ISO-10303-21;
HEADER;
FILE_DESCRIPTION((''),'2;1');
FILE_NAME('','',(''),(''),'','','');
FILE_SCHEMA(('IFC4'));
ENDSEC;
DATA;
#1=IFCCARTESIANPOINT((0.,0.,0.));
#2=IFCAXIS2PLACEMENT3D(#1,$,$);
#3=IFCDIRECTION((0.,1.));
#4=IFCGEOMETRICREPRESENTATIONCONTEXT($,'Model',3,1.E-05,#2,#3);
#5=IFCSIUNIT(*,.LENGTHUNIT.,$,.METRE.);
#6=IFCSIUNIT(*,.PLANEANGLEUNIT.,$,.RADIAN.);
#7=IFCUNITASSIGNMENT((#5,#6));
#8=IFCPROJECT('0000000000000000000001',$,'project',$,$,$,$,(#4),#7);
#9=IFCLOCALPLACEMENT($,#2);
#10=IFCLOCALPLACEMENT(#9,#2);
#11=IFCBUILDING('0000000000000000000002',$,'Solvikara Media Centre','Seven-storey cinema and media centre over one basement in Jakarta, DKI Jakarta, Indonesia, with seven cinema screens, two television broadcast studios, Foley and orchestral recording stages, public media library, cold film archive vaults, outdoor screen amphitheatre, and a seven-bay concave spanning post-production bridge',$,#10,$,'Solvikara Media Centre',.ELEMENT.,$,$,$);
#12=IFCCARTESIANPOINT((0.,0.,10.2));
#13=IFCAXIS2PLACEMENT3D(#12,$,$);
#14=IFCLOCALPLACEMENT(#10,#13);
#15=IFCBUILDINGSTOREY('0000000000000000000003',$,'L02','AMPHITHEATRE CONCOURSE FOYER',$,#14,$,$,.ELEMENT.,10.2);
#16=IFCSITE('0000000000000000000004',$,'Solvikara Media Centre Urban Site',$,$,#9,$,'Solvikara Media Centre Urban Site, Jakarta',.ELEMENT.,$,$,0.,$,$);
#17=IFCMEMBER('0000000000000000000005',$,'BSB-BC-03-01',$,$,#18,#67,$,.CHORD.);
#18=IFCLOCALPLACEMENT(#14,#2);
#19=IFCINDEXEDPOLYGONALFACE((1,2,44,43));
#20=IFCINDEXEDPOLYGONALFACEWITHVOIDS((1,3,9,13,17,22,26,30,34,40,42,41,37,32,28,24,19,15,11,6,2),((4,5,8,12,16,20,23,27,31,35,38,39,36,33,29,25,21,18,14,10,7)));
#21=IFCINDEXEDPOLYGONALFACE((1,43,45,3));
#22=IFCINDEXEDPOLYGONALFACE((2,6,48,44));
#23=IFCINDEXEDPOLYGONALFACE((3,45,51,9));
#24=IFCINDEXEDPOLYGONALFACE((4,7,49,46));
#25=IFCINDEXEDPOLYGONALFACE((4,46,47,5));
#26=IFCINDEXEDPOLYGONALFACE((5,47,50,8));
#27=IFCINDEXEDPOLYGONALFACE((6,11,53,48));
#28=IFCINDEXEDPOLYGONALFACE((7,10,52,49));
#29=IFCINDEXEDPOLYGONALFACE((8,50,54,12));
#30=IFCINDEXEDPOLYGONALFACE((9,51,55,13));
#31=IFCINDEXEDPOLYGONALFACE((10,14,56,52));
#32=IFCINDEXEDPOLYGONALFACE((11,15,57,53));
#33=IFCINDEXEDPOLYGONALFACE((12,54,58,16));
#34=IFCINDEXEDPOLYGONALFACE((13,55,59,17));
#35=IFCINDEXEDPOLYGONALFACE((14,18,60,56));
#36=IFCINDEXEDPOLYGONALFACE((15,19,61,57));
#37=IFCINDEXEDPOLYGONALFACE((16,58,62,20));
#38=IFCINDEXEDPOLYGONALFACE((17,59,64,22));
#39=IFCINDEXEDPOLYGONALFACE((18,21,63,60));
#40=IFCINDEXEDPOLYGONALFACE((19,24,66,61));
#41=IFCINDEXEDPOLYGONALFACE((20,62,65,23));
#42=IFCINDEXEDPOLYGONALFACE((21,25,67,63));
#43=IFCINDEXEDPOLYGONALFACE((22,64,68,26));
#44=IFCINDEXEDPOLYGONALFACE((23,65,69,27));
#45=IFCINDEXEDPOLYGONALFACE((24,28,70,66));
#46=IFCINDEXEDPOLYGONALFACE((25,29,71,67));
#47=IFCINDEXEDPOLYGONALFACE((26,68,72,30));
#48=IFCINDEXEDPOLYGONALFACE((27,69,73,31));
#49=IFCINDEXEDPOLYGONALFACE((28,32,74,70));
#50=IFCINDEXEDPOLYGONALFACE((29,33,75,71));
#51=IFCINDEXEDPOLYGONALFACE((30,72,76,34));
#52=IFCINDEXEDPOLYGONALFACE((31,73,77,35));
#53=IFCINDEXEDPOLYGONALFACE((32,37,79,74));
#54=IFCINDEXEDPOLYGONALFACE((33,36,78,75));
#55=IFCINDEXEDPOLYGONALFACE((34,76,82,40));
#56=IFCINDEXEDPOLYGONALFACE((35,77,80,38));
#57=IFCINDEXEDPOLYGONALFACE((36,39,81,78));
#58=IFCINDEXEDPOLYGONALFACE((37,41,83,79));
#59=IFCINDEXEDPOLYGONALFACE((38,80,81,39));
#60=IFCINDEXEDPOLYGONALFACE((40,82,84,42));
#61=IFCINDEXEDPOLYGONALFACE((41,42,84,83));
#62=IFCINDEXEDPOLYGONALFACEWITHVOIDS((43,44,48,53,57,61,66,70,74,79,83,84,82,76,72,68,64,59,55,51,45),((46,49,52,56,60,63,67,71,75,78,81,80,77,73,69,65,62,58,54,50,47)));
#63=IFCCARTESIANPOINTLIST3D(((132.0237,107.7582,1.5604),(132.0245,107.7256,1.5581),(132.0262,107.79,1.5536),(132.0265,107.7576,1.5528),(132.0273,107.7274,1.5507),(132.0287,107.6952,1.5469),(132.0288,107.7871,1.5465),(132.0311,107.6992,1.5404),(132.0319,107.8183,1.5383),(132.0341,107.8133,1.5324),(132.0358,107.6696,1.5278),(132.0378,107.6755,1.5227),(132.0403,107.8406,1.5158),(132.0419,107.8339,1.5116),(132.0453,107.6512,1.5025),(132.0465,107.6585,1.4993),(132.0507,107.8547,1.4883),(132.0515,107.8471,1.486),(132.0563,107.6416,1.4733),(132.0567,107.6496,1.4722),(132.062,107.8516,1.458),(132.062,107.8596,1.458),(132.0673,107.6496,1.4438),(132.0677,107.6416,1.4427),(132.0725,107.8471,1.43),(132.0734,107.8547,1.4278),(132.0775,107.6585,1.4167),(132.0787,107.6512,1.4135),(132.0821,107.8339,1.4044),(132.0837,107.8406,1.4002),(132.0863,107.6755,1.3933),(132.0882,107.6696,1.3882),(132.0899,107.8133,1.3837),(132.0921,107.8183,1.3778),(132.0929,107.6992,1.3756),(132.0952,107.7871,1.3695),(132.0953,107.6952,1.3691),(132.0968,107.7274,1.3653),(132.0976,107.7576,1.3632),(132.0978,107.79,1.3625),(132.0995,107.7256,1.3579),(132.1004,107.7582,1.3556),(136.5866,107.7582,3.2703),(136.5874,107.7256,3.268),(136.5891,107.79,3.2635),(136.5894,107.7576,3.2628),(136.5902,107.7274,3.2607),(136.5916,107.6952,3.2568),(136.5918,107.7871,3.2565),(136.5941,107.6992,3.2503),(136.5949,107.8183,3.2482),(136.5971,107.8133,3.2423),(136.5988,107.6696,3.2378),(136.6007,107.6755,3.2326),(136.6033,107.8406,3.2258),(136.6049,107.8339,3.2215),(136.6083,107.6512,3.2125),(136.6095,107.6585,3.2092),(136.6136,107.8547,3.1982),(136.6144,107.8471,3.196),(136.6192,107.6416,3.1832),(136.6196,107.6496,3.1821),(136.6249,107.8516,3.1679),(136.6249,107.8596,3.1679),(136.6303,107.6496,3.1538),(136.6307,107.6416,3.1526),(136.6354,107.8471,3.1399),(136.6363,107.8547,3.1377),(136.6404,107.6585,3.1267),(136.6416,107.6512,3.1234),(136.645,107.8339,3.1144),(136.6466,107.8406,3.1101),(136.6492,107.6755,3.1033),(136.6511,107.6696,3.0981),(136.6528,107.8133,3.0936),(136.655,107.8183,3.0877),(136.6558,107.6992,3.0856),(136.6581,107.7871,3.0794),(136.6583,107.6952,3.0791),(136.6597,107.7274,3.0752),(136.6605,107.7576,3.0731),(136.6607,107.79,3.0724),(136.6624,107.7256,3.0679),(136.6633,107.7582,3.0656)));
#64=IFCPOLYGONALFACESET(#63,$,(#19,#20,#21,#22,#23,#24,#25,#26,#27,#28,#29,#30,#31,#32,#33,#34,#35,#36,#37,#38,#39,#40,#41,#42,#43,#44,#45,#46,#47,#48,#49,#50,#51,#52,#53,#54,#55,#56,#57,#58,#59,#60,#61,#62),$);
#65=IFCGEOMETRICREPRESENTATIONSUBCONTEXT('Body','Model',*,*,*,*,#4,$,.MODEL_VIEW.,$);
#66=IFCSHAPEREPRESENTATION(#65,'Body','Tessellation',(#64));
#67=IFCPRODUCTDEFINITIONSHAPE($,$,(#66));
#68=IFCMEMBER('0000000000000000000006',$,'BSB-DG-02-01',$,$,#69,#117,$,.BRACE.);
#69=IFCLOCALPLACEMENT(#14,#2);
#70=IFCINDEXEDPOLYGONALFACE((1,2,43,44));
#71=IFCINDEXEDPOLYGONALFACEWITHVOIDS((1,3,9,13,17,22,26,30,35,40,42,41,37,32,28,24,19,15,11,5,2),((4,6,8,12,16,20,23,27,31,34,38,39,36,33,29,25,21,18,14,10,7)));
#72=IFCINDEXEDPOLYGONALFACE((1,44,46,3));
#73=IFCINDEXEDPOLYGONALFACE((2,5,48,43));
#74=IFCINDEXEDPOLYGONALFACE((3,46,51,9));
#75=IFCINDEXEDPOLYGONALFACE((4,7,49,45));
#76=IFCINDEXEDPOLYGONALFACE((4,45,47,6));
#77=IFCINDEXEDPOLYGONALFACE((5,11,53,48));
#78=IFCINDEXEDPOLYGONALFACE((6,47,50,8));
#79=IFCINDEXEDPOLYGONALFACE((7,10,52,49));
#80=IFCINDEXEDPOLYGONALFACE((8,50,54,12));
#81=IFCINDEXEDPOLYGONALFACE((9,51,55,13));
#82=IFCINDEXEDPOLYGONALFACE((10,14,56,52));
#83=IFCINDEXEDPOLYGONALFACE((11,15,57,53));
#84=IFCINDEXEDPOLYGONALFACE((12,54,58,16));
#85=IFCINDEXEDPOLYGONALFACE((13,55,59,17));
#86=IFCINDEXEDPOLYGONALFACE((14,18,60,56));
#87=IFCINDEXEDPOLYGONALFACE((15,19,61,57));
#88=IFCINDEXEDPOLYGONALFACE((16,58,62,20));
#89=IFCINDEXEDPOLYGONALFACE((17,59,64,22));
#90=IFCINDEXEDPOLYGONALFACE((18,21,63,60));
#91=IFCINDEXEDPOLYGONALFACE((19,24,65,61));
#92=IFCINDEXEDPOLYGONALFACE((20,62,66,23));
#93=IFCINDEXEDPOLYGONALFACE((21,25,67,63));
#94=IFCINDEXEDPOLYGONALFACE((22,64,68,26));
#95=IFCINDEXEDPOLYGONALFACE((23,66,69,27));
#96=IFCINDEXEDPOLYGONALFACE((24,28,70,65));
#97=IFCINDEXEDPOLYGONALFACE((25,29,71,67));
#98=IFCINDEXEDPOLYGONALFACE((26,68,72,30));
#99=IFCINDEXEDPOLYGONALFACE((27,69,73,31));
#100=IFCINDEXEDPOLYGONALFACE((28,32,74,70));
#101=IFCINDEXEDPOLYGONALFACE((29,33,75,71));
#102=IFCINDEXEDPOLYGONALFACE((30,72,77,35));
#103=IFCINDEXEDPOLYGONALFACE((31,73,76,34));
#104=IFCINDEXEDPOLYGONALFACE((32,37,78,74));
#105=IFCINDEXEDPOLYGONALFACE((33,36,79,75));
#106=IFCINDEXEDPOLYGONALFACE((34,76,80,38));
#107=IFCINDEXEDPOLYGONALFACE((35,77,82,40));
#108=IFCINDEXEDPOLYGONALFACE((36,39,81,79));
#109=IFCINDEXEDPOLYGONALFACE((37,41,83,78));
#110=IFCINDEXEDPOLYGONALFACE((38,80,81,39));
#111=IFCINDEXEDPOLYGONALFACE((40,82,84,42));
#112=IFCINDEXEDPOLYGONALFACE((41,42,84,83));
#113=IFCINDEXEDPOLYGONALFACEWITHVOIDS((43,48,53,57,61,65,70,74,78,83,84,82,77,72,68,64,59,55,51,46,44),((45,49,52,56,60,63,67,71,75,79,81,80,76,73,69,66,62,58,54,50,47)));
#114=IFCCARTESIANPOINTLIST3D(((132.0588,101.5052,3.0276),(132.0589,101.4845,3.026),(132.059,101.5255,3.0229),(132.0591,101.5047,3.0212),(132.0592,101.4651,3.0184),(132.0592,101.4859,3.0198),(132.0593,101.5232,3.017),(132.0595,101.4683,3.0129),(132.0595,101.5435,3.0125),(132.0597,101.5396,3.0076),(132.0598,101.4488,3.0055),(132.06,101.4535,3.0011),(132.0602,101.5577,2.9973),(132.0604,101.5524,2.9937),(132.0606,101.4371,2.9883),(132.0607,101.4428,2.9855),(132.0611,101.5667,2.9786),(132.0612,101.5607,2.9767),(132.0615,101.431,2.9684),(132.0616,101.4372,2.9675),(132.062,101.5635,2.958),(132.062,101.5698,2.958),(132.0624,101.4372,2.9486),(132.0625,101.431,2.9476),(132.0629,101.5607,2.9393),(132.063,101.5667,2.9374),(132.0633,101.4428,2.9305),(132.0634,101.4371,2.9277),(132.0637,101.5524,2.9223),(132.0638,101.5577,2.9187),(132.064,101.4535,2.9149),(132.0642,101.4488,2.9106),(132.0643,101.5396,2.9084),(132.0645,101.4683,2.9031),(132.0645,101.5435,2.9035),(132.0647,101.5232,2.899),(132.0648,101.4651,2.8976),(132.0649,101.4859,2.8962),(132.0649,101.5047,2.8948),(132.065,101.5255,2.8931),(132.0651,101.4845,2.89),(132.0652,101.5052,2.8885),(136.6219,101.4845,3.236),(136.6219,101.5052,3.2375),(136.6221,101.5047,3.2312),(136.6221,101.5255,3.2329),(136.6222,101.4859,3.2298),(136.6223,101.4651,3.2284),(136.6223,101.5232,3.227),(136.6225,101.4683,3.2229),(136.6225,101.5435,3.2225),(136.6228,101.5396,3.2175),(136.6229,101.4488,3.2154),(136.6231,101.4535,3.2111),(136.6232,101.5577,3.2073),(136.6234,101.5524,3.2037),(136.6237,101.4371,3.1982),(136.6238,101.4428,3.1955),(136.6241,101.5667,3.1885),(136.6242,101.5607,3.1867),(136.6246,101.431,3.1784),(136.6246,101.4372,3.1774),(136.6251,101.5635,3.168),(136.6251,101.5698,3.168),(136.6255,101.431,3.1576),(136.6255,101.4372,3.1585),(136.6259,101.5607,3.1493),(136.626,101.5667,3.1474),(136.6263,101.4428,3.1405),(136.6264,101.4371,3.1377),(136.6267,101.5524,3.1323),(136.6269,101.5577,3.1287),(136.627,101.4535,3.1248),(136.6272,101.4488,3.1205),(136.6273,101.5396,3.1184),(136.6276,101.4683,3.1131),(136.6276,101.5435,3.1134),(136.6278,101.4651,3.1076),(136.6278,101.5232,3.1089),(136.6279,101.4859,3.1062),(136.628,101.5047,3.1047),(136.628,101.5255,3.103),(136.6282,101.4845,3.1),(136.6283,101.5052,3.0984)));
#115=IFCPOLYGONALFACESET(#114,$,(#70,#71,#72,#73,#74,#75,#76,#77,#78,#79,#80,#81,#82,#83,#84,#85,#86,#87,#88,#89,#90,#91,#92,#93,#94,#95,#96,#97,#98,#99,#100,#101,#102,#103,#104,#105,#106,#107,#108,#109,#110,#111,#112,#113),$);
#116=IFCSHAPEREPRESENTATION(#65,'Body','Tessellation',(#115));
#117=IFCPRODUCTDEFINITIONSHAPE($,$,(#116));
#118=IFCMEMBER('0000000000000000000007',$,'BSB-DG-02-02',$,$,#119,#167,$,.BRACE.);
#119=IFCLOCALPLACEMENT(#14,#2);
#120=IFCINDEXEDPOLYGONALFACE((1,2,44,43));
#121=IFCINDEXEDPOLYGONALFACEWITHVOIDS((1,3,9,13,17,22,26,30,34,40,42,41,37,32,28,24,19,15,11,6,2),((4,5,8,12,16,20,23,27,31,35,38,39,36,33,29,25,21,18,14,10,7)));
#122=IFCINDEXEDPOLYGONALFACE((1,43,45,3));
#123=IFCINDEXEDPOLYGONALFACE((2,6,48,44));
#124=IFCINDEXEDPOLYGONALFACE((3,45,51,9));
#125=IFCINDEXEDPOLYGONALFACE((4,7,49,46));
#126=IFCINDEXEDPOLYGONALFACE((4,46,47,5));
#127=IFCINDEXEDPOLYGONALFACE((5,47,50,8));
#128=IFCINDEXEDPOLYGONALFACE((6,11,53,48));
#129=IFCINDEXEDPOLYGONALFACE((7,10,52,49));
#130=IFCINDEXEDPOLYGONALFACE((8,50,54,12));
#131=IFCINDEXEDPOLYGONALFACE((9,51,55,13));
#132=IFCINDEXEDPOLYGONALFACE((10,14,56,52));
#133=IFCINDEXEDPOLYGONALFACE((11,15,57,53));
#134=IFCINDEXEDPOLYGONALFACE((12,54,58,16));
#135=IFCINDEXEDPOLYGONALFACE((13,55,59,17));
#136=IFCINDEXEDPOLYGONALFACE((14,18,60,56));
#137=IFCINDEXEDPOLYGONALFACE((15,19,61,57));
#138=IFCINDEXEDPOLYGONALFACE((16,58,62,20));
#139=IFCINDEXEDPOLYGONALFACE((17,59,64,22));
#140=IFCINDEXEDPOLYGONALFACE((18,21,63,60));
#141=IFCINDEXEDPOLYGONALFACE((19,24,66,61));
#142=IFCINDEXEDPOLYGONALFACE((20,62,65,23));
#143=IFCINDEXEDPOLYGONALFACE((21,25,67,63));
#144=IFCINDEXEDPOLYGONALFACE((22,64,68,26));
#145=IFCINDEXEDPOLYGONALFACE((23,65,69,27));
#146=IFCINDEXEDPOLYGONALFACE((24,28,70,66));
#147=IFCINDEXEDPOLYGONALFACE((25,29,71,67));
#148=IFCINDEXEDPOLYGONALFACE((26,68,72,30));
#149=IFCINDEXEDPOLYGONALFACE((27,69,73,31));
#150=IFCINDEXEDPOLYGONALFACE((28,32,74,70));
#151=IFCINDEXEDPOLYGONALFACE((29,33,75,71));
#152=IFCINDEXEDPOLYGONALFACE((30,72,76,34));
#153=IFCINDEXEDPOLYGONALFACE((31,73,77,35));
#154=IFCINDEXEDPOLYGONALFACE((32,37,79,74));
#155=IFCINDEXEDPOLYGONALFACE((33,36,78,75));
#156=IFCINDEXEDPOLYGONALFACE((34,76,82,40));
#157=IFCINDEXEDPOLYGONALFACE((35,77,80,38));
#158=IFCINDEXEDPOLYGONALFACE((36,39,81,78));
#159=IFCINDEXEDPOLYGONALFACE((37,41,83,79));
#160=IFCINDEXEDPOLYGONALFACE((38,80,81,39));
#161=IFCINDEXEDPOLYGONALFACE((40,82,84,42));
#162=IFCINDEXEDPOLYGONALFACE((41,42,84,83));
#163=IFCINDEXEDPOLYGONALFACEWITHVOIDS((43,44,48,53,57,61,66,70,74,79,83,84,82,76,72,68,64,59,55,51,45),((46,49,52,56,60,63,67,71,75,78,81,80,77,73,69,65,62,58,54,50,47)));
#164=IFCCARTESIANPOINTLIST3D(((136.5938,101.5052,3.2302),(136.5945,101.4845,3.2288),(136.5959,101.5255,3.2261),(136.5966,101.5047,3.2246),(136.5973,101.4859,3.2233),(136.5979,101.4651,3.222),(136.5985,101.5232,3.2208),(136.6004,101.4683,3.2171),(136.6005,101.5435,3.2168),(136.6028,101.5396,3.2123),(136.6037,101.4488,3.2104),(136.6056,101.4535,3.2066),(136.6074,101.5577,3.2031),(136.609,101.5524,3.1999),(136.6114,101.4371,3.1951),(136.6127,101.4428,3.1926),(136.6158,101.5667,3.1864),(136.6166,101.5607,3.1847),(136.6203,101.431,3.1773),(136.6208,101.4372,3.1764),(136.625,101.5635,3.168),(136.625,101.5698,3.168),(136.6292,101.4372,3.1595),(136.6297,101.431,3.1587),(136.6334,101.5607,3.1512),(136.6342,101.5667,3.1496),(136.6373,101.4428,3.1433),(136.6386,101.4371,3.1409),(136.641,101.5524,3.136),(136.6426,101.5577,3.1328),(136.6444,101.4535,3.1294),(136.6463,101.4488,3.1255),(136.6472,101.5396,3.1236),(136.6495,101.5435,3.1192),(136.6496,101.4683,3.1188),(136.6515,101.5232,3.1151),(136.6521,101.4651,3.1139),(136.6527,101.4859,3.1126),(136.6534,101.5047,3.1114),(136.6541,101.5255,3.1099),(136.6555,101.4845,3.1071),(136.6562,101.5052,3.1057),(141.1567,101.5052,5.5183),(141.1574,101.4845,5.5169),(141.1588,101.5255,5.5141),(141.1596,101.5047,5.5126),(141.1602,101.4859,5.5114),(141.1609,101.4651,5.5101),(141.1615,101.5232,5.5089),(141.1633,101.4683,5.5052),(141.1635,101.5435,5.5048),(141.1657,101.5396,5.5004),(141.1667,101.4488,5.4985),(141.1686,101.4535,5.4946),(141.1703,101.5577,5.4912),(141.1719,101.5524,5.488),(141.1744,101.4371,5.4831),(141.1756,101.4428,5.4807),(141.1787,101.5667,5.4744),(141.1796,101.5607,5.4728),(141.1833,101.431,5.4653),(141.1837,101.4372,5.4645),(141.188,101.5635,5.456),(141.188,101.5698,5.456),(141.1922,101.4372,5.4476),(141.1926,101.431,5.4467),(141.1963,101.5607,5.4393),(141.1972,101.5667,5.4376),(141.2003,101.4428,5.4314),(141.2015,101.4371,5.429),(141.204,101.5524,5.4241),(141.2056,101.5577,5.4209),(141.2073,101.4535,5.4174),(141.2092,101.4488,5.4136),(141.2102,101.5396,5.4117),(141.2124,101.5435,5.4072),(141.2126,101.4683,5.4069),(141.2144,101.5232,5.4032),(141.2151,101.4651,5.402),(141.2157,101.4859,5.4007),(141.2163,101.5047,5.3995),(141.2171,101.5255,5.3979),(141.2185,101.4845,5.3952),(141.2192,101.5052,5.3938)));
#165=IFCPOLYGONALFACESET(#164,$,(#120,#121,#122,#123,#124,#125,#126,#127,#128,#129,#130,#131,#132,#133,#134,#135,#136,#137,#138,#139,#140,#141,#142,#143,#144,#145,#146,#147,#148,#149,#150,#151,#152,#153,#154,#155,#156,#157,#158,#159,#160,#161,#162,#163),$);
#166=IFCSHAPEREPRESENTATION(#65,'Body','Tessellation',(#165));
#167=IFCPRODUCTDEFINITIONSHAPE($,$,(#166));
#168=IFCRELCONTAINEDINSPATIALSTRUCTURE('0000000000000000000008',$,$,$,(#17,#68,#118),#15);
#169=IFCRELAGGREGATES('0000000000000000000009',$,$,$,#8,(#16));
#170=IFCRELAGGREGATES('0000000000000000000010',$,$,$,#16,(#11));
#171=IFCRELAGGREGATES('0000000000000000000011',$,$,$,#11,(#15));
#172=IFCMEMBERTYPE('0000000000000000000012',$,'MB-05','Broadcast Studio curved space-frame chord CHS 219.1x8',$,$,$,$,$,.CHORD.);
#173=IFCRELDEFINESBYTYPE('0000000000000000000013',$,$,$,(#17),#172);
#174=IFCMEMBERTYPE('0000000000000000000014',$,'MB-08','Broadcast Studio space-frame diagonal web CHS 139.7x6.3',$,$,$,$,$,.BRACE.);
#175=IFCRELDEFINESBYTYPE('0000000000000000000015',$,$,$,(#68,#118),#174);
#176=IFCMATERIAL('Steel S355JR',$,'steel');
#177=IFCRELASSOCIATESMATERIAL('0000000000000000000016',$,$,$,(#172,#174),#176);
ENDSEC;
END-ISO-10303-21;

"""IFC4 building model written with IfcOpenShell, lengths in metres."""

from ifc_helpers import new_model, si_unit, direction, frame, origin, origin_2d, place, context, subcontext, project, spatial, hollow_circle, extrude, material, material_profile, profile_set, type_object, element, save


model = new_model("IFC4")

# Units and contexts
model_context = context("Model", 3, precision=1e-05, world=origin(), true_north=direction((0.0, 1.0)))
body_context = subcontext(model_context, "Body", "Model", "MODEL_VIEW")
ifc_project = project(units=[si_unit("LENGTHUNIT", "METRE"), si_unit("PLANEANGLEUNIT", "RADIAN")], contexts=[model_context])

# Site, building, storey
site_placement = place(None, origin())
site = spatial("IfcSite", under=ifc_project, at=site_placement, Name="Solvikara Media Centre Urban Site", LongName="Solvikara Media Centre Urban Site, Jakarta", CompositionType="ELEMENT", RefElevation=0.0)
building_placement = place(site_placement, origin())
building = spatial("IfcBuilding", under=site, at=building_placement, Name="Solvikara Media Centre", Description="Seven-storey cinema and media centre over one basement in Jakarta, DKI Jakarta, Indonesia, with seven cinema screens, two television broadcast studios, Foley and orchestral recording stages, public media library, cold film archive vaults, outdoor screen amphitheatre, and a seven-bay concave spanning post-production bridge", LongName="Solvikara Media Centre", CompositionType="ELEMENT")
storey_placement = place(building_placement, frame((0.0, 0.0, 10.2)))
storey = spatial("IfcBuildingStorey", under=building, at=storey_placement, Name="L02", Description="AMPHITHEATRE CONCOURSE FOYER", CompositionType="ELEMENT", Elevation=10.2)

# Shared definitions
ifc_material_1 = material(Name="Steel S355JR", Category="steel")

# Members
ifc_material_profile_1 = material_profile(ifc_material_1, hollow_circle(Radius=0.1096, WallThickness=0.0081, at=origin_2d()), Name="CHS 219.1x8")
ifc_profile_set_1 = profile_set([ifc_material_profile_1], Name="Steel S355JR")
member_type_1 = type_object("IfcMemberType", Name="MB-05", Description="Broadcast Studio curved space-frame chord CHS 219.1x8", PredefinedType="CHORD", material=ifc_profile_set_1)
for number, where, z_axis, x_axis, name in (
    (1, (132.062, 107.75, 1.458), (0.936407, 0.0, 0.350915), (0.0, 1.0, 0.0), "BSB-BC-03-01"),
):
    element("IfcMember", number, at=place(storey_placement, frame(where, z_axis=z_axis, x_axis=x_axis)), inside=storey, type_object=member_type_1, Name=name, PredefinedType="CHORD", context=body_context, shape_type="SweptSolid", body=[
        extrude(hollow_circle(Radius=0.1096, WallThickness=0.0081, at=origin_2d()), origin(), (0.0, 0.0, 1.0), 4.8728),
    ])
ifc_material_profile_2 = material_profile(ifc_material_1, hollow_circle(Radius=0.0698, WallThickness=0.0063, at=origin_2d()), Name="CHS 139.7x6.3")
ifc_profile_set_2 = profile_set([ifc_material_profile_2], Name="Steel S355JR")
member_type_2 = type_object("IfcMemberType", Name="MB-08", Description="Broadcast Studio space-frame diagonal web CHS 139.7x6.3", PredefinedType="BRACE", material=ifc_profile_set_2)
member_1_placement = place(storey_placement, frame((132.062, 101.5, 2.958), z_axis=(0.998943, 0.0, 0.045965), x_axis=(0.0, 1.0, 0.0)))
element("IfcMember", 2, at=member_1_placement, inside=storey, type_object=member_type_2, Name="BSB-DG-02-01", PredefinedType="BRACE", context=body_context, shape_type="SweptSolid", body=[
    extrude(hollow_circle(Radius=0.0698, WallThickness=0.0063, at=origin_2d()), origin(), (0.0, 0.0, 1.0), 4.5679),
])
member_2_placement = place(storey_placement, frame((136.625, 101.5, 3.168), z_axis=(0.89391, 0.0, 0.448246), x_axis=(0.0, 1.0, 0.0)))
element("IfcMember", 3, at=member_2_placement, inside=storey, type_object=member_type_2, Name="BSB-DG-02-02", PredefinedType="BRACE", context=body_context, shape_type="SweptSolid", body=[
    extrude(hollow_circle(Radius=0.0698, WallThickness=0.0063, at=origin_2d()), origin(), (0.0, 0.0, 1.0), 5.1045),
])

save(model, "model.ifc")
